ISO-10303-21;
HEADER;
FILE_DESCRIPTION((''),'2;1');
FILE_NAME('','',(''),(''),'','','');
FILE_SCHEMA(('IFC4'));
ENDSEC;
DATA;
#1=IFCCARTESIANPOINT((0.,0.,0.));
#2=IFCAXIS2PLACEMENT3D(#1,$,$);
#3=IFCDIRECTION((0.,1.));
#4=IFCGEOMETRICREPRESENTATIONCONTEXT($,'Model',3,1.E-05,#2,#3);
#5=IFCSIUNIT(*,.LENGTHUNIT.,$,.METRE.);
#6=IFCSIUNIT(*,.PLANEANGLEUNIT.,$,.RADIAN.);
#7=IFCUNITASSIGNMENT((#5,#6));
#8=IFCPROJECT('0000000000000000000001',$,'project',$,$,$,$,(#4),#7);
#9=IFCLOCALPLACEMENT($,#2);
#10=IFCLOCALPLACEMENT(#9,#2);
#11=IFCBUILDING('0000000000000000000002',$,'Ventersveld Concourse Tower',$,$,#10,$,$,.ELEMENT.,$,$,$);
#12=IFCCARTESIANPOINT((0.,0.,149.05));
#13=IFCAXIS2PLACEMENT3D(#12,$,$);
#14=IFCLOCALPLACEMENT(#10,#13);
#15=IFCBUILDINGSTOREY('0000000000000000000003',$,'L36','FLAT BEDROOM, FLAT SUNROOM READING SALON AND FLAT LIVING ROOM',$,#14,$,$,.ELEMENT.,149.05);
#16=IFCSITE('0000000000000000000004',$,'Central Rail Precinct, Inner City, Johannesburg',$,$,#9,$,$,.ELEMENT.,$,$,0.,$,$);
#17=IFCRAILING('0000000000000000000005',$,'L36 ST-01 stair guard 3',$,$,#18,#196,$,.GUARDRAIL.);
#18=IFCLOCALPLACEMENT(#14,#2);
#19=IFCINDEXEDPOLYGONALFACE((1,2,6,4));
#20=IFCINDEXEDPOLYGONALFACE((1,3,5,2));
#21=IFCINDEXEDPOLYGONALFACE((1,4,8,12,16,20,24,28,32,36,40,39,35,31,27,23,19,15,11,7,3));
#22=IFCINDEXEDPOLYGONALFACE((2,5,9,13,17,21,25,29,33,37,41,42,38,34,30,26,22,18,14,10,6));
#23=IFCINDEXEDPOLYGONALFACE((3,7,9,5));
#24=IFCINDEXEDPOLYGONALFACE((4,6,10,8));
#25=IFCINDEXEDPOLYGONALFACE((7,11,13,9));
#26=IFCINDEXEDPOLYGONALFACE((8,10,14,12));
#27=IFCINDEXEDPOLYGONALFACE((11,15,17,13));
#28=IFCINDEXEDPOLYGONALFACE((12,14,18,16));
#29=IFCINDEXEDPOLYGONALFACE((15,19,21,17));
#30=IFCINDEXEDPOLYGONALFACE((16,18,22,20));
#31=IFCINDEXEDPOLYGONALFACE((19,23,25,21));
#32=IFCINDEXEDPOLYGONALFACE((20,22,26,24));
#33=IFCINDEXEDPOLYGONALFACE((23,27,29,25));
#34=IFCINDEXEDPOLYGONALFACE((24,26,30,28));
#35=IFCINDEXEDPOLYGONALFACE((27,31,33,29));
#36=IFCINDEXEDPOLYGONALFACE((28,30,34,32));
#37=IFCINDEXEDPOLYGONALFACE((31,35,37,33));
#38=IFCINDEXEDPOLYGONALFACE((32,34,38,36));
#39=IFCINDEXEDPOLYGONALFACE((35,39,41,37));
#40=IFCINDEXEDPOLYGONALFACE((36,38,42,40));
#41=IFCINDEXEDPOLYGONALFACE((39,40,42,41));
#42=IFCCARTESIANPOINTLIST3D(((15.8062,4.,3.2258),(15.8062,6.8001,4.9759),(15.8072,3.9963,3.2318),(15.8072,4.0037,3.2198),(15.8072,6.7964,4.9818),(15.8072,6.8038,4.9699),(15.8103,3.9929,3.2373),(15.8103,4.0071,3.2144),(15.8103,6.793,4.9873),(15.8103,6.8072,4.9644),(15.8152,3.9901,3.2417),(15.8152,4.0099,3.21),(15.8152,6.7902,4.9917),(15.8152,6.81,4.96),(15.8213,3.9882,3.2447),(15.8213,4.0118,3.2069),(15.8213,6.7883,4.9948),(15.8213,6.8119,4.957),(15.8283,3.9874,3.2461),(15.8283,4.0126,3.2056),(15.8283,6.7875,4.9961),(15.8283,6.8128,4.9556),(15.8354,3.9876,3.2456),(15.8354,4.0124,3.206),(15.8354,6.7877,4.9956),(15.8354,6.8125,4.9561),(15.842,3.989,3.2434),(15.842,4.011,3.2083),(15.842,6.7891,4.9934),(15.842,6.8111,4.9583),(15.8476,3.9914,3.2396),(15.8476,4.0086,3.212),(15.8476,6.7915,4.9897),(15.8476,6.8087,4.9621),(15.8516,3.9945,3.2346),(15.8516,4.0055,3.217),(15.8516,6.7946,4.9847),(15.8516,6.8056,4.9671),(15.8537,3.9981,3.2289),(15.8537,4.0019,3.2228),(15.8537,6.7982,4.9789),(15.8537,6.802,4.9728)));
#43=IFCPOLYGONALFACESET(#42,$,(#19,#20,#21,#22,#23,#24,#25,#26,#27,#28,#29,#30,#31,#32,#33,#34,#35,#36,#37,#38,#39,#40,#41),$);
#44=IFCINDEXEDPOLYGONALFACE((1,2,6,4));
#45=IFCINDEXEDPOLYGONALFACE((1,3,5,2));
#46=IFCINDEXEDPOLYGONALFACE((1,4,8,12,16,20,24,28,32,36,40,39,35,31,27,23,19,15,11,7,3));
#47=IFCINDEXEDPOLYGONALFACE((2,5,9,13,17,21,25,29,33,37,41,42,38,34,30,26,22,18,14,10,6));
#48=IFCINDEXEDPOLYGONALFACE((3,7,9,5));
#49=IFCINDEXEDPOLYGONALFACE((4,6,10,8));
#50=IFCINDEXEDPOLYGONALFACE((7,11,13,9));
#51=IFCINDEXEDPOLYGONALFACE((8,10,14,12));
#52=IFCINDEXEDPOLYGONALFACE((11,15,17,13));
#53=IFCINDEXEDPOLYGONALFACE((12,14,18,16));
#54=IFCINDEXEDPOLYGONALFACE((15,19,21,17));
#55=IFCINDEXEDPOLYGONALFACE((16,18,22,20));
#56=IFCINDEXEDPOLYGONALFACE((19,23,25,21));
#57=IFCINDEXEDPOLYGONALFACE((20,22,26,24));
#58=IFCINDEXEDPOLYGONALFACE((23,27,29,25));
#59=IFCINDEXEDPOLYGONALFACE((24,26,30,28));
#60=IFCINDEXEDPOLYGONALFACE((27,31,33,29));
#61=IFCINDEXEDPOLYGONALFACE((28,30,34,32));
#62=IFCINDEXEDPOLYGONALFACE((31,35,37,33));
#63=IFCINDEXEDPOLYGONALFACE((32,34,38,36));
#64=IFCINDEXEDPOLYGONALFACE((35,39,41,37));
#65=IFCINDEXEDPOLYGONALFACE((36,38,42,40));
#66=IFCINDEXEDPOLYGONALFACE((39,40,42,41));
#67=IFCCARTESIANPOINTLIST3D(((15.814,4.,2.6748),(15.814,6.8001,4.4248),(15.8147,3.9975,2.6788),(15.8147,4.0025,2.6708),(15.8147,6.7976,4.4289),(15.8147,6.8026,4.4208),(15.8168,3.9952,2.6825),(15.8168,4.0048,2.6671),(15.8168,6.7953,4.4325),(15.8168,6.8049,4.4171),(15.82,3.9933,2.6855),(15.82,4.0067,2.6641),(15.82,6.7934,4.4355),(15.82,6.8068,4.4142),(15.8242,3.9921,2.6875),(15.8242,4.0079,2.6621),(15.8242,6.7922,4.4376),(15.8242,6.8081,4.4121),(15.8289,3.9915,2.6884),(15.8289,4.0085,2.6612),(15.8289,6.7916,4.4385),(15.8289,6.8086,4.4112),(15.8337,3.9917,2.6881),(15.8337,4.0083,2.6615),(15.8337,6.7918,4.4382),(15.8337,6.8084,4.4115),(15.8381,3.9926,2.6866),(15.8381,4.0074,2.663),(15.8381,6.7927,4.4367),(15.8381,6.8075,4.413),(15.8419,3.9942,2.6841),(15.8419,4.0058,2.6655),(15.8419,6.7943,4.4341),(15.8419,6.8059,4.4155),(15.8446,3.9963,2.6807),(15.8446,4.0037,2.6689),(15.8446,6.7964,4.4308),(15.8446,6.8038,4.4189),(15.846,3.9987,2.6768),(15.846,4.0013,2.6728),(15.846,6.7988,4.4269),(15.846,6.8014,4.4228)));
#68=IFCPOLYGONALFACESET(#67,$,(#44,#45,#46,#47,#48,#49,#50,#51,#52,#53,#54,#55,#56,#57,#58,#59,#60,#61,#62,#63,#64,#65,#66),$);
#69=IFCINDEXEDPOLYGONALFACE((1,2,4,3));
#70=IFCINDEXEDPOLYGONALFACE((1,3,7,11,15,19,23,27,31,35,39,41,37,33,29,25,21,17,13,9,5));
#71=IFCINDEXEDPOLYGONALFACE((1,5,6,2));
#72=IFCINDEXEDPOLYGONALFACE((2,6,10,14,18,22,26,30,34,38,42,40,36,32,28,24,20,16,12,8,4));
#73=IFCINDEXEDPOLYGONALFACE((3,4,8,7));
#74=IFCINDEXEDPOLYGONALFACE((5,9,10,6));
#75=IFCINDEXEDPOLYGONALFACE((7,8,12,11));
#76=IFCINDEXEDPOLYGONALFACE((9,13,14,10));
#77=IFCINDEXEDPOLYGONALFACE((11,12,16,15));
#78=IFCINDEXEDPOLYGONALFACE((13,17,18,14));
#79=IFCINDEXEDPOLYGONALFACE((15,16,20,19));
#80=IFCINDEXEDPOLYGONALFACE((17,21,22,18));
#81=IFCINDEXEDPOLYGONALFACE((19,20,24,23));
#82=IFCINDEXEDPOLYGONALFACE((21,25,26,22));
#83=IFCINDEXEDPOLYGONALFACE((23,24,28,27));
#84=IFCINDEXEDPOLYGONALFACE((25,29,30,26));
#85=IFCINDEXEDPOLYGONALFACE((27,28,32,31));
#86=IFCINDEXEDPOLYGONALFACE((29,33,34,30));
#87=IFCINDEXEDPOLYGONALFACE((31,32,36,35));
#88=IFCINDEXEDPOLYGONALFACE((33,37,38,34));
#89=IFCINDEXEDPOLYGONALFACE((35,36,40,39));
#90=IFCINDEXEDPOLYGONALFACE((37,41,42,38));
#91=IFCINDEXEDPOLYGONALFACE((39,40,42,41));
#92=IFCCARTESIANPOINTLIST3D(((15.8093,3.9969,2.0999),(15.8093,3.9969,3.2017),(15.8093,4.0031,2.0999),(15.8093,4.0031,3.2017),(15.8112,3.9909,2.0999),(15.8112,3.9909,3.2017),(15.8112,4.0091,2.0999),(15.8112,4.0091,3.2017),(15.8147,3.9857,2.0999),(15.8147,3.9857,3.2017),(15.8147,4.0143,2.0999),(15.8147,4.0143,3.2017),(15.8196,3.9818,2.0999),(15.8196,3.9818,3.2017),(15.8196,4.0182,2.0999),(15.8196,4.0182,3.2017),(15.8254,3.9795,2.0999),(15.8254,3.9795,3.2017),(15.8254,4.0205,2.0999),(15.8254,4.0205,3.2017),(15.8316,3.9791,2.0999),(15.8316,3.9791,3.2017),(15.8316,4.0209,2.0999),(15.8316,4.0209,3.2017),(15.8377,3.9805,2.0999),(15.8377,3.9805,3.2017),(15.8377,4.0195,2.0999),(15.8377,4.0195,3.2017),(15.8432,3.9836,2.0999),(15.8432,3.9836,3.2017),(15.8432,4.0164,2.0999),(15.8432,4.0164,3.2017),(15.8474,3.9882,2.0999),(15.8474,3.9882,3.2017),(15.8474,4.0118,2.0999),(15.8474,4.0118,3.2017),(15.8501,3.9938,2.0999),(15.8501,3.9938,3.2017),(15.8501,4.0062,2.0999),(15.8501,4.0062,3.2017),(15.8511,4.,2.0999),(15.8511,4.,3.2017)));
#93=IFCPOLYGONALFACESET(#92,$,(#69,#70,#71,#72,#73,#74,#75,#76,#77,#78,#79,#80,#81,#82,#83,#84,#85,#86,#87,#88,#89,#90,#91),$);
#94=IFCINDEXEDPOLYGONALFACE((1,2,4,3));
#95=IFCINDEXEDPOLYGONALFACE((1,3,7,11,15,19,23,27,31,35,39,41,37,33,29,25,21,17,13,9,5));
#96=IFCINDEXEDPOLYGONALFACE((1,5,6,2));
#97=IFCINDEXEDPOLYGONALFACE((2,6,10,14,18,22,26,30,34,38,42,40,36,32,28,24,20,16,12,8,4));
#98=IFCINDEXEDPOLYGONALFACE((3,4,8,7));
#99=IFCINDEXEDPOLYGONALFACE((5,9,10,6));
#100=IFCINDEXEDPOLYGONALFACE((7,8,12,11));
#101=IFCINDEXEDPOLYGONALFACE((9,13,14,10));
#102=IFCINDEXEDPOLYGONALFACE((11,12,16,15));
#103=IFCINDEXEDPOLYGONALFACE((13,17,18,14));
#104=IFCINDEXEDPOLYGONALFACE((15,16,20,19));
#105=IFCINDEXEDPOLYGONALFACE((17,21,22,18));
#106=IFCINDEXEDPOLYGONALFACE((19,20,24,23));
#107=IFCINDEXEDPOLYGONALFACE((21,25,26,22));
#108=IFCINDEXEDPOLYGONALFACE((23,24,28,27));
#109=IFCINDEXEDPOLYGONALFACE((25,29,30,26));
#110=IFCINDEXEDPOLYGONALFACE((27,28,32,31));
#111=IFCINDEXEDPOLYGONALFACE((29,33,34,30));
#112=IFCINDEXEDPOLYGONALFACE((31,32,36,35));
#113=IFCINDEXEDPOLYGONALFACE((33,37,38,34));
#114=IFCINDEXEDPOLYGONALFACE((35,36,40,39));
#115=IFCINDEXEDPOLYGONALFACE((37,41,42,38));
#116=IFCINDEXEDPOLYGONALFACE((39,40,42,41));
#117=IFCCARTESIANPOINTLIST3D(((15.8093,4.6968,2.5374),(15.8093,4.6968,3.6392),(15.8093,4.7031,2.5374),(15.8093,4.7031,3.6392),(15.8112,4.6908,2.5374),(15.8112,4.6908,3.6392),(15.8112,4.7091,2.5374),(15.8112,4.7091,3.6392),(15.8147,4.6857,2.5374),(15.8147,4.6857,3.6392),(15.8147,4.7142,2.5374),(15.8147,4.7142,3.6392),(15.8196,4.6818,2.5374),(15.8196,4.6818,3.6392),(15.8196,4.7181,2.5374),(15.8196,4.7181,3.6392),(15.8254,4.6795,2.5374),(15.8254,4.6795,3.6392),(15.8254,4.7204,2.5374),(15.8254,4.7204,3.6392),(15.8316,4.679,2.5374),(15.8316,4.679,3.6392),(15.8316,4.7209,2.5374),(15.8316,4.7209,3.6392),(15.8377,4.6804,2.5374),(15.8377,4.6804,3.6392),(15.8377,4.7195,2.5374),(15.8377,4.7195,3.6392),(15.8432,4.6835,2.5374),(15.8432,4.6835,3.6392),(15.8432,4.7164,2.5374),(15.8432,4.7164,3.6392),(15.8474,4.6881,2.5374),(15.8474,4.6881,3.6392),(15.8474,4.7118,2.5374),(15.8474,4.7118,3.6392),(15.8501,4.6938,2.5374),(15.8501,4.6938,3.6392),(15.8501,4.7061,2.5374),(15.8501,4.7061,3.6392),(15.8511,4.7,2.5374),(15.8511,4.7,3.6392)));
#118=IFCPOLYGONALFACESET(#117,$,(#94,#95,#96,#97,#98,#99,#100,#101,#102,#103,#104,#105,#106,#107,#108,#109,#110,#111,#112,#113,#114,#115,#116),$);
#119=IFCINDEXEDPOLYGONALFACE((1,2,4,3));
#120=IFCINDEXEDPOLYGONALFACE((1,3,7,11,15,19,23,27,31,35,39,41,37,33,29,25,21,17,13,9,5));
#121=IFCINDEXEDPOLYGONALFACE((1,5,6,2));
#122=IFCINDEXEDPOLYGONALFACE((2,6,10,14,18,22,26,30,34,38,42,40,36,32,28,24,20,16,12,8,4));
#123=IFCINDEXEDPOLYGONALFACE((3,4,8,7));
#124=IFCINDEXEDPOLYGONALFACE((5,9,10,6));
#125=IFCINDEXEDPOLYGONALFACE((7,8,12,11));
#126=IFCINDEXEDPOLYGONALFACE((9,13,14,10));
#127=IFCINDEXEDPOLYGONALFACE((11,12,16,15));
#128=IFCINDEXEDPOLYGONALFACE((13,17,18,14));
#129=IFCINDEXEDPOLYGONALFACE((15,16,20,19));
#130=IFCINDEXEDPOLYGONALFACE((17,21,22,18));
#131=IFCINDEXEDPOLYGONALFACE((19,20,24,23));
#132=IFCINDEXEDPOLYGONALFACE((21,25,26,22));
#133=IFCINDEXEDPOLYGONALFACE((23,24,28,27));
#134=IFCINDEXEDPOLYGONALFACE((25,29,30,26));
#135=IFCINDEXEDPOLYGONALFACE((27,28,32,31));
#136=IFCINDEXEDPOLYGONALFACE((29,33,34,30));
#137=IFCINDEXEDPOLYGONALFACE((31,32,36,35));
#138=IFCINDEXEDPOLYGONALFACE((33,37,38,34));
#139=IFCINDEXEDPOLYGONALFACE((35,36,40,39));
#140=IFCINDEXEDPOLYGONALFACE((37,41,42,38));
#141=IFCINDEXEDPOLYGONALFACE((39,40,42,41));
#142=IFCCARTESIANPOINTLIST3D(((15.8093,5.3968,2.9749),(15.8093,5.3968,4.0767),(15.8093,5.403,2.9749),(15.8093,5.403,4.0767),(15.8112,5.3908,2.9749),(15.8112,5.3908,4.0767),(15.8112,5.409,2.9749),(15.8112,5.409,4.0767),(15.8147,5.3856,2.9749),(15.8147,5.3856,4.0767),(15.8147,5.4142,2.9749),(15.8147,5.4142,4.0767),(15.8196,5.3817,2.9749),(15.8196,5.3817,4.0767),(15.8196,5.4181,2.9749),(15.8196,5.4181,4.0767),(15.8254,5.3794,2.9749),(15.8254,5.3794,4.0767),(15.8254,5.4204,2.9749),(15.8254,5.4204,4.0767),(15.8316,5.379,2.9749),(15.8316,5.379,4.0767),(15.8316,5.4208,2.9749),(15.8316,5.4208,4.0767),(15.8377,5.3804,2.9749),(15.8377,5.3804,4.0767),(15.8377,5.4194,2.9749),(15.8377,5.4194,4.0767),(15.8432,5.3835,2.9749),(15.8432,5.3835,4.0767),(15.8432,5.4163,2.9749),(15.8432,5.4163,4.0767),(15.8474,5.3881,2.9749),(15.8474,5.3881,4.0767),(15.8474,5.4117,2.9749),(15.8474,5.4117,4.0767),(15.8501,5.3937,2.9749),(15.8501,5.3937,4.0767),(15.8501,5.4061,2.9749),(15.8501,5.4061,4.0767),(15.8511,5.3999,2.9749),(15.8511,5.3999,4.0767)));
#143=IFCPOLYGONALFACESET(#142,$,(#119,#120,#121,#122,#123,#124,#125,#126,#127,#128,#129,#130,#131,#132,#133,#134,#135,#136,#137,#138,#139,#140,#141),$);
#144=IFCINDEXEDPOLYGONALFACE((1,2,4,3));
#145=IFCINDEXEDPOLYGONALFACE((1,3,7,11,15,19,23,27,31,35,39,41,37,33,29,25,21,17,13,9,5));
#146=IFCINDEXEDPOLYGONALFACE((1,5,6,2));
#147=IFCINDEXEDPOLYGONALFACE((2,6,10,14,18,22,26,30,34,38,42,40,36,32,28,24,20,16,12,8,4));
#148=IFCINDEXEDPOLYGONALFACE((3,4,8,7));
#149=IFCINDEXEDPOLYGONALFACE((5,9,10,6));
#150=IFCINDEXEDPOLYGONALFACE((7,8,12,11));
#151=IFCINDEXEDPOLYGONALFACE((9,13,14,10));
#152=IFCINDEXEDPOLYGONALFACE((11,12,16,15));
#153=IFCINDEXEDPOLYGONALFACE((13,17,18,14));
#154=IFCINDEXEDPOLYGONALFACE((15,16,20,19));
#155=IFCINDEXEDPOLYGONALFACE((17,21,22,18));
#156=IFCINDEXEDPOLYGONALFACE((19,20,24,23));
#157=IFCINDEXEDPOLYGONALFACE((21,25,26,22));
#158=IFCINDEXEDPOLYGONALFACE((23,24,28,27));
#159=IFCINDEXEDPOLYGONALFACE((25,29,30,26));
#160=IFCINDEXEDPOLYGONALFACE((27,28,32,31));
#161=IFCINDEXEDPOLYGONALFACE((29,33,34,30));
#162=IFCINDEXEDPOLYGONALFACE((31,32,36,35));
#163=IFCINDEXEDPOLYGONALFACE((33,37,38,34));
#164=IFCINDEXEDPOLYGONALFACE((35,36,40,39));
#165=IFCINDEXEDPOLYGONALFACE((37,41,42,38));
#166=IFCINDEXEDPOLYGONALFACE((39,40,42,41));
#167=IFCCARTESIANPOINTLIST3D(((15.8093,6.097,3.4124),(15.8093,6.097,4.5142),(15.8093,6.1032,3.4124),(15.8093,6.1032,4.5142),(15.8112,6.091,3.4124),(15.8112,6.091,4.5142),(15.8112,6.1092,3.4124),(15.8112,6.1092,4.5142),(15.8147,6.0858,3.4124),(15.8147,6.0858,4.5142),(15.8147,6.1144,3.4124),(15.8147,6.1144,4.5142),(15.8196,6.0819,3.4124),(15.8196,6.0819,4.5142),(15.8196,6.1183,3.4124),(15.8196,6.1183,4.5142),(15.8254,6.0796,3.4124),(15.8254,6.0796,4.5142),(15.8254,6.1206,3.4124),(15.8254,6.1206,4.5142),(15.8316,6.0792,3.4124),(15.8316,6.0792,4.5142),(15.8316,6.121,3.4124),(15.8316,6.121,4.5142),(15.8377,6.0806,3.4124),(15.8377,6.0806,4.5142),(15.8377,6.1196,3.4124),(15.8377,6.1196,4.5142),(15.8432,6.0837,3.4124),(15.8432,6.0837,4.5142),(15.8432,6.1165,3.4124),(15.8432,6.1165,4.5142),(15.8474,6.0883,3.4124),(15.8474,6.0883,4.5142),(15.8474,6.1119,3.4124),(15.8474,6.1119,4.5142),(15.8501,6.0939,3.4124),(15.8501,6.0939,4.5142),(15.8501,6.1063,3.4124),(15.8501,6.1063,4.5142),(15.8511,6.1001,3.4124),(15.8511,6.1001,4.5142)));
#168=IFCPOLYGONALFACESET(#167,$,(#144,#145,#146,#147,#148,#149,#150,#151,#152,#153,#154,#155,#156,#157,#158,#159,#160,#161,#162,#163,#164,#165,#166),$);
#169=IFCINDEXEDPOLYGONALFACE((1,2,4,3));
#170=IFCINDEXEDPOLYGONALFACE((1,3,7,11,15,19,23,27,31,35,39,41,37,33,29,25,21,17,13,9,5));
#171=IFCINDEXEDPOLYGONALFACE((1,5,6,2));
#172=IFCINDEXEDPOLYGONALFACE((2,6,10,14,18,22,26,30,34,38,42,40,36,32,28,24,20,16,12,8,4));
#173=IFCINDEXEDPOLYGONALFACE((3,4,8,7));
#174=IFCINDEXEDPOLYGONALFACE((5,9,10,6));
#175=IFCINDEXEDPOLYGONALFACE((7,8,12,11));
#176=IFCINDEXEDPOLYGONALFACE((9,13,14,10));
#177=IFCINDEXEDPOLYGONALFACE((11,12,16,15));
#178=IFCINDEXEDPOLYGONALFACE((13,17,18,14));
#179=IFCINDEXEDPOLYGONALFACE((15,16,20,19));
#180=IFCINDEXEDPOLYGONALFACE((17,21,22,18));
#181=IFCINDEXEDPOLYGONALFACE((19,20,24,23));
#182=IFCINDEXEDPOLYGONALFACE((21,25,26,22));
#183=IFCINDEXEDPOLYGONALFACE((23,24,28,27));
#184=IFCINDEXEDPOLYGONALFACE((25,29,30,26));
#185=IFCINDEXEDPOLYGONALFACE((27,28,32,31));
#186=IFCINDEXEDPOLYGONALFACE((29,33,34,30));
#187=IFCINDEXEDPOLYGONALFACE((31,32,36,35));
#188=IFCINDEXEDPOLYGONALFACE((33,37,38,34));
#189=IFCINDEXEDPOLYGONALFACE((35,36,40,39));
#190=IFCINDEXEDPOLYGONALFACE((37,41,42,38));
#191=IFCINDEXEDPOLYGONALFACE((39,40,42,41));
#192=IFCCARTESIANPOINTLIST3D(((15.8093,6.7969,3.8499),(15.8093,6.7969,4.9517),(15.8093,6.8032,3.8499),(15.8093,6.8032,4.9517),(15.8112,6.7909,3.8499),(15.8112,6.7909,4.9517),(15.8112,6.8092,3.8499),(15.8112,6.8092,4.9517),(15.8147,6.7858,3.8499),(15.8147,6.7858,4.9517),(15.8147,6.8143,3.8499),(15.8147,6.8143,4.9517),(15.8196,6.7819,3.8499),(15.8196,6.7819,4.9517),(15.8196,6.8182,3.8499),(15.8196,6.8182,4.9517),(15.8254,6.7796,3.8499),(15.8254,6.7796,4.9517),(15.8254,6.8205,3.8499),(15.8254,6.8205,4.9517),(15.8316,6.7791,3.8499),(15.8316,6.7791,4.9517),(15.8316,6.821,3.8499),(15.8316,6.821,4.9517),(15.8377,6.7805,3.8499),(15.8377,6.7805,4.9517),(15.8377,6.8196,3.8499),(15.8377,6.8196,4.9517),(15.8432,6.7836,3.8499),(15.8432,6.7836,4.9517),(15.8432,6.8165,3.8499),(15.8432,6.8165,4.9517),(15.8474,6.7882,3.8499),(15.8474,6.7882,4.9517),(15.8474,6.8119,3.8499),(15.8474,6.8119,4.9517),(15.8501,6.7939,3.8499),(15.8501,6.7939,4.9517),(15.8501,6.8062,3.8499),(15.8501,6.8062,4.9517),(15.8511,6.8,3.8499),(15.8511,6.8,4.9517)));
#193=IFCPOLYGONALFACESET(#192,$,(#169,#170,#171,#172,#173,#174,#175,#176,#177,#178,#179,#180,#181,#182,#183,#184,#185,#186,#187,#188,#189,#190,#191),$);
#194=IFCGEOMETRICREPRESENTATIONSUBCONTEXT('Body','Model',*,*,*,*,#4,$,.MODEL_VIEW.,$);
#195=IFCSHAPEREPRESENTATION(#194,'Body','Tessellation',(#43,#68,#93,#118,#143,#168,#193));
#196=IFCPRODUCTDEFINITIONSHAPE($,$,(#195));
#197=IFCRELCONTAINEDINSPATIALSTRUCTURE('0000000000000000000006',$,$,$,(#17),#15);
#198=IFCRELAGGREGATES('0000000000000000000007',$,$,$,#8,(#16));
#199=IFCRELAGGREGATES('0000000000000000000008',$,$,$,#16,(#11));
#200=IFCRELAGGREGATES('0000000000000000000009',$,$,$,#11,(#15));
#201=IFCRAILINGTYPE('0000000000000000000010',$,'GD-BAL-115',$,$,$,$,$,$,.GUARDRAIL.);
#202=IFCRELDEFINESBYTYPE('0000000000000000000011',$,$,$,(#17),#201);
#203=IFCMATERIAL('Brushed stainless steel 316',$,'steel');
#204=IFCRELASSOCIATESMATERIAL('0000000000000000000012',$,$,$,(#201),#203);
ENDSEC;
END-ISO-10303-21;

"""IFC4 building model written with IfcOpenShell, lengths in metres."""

from ifc_helpers import new_model, si_unit, direction, frame, origin, origin_2d, place, context, subcontext, project, spatial, circle, extrude, material, type_object, element, save


model = new_model("IFC4")

# Units and contexts
model_context = context("Model", 3, precision=1e-05, world=origin(), true_north=direction((0.0, 1.0)))
body_context = subcontext(model_context, "Body", "Model", "MODEL_VIEW")
ifc_project = project(units=[si_unit("LENGTHUNIT", "METRE"), si_unit("PLANEANGLEUNIT", "RADIAN")], contexts=[model_context])

# Site, building, storey
site_placement = place(None, origin())
site = spatial("IfcSite", under=ifc_project, at=site_placement, Name="Central Rail Precinct, Inner City, Johannesburg", CompositionType="ELEMENT", RefElevation=0.0)
building_placement = place(site_placement, origin())
building = spatial("IfcBuilding", under=site, at=building_placement, Name="Ventersveld Concourse Tower", CompositionType="ELEMENT")
storey_placement = place(building_placement, frame((0.0, 0.0, 149.05)))
storey = spatial("IfcBuildingStorey", under=building, at=storey_placement, Name="L36", Description="FLAT BEDROOM, FLAT SUNROOM READING SALON AND FLAT LIVING ROOM", CompositionType="ELEMENT", Elevation=149.05)

# Railing
ifc_material_1 = material(Name="Brushed stainless steel 316", Category="steel")
railing_type_1 = type_object("IfcRailingType", Name="GD-BAL-115", PredefinedType="GUARDRAIL", material=ifc_material_1)
railing_1_placement = place(storey_placement, frame((15.8301, 4.0, 2.0999)))
element("IfcRailing", 1, at=railing_1_placement, inside=storey, type_object=railing_type_1, Name="L36 ST-01 stair guard 3", PredefinedType="GUARDRAIL", context=body_context, shape_type="SweptSolid", body=[
    extrude(circle(Radius=0.0239, at=origin_2d()), frame((0.0, 0.0, 1.126), z_axis=(0.0, 0.848002, 0.529992), x_axis=(-1.0, 0.0, 0.0)), (0.0, 0.0, 1.0), 3.302),
    extrude(circle(Radius=0.0161, at=origin_2d()), frame((0.0, 0.0, 0.575), z_axis=(0.0, 0.848002, 0.529992), x_axis=(-1.0, 0.0, 0.0)), (0.0, 0.0, 1.0), 3.302),
    extrude(circle(Radius=0.021, at=origin_2d()), origin(), (0.0, 0.0, 1.0), 1.1018),
    extrude(circle(Radius=0.021, at=origin_2d()), frame((0.0, 0.7, 0.4375)), (0.0, 0.0, 1.0), 1.1018),
    extrude(circle(Radius=0.021, at=origin_2d()), frame((0.0, 1.3999, 0.875)), (0.0, 0.0, 1.0), 1.1018),
    extrude(circle(Radius=0.021, at=origin_2d()), frame((0.0, 2.1001, 1.3125)), (0.0, 0.0, 1.0), 1.1018),
    extrude(circle(Radius=0.021, at=origin_2d()), frame((0.0, 2.8, 1.75)), (0.0, 0.0, 1.0), 1.1018),
])

save(model, "model.ifc")
